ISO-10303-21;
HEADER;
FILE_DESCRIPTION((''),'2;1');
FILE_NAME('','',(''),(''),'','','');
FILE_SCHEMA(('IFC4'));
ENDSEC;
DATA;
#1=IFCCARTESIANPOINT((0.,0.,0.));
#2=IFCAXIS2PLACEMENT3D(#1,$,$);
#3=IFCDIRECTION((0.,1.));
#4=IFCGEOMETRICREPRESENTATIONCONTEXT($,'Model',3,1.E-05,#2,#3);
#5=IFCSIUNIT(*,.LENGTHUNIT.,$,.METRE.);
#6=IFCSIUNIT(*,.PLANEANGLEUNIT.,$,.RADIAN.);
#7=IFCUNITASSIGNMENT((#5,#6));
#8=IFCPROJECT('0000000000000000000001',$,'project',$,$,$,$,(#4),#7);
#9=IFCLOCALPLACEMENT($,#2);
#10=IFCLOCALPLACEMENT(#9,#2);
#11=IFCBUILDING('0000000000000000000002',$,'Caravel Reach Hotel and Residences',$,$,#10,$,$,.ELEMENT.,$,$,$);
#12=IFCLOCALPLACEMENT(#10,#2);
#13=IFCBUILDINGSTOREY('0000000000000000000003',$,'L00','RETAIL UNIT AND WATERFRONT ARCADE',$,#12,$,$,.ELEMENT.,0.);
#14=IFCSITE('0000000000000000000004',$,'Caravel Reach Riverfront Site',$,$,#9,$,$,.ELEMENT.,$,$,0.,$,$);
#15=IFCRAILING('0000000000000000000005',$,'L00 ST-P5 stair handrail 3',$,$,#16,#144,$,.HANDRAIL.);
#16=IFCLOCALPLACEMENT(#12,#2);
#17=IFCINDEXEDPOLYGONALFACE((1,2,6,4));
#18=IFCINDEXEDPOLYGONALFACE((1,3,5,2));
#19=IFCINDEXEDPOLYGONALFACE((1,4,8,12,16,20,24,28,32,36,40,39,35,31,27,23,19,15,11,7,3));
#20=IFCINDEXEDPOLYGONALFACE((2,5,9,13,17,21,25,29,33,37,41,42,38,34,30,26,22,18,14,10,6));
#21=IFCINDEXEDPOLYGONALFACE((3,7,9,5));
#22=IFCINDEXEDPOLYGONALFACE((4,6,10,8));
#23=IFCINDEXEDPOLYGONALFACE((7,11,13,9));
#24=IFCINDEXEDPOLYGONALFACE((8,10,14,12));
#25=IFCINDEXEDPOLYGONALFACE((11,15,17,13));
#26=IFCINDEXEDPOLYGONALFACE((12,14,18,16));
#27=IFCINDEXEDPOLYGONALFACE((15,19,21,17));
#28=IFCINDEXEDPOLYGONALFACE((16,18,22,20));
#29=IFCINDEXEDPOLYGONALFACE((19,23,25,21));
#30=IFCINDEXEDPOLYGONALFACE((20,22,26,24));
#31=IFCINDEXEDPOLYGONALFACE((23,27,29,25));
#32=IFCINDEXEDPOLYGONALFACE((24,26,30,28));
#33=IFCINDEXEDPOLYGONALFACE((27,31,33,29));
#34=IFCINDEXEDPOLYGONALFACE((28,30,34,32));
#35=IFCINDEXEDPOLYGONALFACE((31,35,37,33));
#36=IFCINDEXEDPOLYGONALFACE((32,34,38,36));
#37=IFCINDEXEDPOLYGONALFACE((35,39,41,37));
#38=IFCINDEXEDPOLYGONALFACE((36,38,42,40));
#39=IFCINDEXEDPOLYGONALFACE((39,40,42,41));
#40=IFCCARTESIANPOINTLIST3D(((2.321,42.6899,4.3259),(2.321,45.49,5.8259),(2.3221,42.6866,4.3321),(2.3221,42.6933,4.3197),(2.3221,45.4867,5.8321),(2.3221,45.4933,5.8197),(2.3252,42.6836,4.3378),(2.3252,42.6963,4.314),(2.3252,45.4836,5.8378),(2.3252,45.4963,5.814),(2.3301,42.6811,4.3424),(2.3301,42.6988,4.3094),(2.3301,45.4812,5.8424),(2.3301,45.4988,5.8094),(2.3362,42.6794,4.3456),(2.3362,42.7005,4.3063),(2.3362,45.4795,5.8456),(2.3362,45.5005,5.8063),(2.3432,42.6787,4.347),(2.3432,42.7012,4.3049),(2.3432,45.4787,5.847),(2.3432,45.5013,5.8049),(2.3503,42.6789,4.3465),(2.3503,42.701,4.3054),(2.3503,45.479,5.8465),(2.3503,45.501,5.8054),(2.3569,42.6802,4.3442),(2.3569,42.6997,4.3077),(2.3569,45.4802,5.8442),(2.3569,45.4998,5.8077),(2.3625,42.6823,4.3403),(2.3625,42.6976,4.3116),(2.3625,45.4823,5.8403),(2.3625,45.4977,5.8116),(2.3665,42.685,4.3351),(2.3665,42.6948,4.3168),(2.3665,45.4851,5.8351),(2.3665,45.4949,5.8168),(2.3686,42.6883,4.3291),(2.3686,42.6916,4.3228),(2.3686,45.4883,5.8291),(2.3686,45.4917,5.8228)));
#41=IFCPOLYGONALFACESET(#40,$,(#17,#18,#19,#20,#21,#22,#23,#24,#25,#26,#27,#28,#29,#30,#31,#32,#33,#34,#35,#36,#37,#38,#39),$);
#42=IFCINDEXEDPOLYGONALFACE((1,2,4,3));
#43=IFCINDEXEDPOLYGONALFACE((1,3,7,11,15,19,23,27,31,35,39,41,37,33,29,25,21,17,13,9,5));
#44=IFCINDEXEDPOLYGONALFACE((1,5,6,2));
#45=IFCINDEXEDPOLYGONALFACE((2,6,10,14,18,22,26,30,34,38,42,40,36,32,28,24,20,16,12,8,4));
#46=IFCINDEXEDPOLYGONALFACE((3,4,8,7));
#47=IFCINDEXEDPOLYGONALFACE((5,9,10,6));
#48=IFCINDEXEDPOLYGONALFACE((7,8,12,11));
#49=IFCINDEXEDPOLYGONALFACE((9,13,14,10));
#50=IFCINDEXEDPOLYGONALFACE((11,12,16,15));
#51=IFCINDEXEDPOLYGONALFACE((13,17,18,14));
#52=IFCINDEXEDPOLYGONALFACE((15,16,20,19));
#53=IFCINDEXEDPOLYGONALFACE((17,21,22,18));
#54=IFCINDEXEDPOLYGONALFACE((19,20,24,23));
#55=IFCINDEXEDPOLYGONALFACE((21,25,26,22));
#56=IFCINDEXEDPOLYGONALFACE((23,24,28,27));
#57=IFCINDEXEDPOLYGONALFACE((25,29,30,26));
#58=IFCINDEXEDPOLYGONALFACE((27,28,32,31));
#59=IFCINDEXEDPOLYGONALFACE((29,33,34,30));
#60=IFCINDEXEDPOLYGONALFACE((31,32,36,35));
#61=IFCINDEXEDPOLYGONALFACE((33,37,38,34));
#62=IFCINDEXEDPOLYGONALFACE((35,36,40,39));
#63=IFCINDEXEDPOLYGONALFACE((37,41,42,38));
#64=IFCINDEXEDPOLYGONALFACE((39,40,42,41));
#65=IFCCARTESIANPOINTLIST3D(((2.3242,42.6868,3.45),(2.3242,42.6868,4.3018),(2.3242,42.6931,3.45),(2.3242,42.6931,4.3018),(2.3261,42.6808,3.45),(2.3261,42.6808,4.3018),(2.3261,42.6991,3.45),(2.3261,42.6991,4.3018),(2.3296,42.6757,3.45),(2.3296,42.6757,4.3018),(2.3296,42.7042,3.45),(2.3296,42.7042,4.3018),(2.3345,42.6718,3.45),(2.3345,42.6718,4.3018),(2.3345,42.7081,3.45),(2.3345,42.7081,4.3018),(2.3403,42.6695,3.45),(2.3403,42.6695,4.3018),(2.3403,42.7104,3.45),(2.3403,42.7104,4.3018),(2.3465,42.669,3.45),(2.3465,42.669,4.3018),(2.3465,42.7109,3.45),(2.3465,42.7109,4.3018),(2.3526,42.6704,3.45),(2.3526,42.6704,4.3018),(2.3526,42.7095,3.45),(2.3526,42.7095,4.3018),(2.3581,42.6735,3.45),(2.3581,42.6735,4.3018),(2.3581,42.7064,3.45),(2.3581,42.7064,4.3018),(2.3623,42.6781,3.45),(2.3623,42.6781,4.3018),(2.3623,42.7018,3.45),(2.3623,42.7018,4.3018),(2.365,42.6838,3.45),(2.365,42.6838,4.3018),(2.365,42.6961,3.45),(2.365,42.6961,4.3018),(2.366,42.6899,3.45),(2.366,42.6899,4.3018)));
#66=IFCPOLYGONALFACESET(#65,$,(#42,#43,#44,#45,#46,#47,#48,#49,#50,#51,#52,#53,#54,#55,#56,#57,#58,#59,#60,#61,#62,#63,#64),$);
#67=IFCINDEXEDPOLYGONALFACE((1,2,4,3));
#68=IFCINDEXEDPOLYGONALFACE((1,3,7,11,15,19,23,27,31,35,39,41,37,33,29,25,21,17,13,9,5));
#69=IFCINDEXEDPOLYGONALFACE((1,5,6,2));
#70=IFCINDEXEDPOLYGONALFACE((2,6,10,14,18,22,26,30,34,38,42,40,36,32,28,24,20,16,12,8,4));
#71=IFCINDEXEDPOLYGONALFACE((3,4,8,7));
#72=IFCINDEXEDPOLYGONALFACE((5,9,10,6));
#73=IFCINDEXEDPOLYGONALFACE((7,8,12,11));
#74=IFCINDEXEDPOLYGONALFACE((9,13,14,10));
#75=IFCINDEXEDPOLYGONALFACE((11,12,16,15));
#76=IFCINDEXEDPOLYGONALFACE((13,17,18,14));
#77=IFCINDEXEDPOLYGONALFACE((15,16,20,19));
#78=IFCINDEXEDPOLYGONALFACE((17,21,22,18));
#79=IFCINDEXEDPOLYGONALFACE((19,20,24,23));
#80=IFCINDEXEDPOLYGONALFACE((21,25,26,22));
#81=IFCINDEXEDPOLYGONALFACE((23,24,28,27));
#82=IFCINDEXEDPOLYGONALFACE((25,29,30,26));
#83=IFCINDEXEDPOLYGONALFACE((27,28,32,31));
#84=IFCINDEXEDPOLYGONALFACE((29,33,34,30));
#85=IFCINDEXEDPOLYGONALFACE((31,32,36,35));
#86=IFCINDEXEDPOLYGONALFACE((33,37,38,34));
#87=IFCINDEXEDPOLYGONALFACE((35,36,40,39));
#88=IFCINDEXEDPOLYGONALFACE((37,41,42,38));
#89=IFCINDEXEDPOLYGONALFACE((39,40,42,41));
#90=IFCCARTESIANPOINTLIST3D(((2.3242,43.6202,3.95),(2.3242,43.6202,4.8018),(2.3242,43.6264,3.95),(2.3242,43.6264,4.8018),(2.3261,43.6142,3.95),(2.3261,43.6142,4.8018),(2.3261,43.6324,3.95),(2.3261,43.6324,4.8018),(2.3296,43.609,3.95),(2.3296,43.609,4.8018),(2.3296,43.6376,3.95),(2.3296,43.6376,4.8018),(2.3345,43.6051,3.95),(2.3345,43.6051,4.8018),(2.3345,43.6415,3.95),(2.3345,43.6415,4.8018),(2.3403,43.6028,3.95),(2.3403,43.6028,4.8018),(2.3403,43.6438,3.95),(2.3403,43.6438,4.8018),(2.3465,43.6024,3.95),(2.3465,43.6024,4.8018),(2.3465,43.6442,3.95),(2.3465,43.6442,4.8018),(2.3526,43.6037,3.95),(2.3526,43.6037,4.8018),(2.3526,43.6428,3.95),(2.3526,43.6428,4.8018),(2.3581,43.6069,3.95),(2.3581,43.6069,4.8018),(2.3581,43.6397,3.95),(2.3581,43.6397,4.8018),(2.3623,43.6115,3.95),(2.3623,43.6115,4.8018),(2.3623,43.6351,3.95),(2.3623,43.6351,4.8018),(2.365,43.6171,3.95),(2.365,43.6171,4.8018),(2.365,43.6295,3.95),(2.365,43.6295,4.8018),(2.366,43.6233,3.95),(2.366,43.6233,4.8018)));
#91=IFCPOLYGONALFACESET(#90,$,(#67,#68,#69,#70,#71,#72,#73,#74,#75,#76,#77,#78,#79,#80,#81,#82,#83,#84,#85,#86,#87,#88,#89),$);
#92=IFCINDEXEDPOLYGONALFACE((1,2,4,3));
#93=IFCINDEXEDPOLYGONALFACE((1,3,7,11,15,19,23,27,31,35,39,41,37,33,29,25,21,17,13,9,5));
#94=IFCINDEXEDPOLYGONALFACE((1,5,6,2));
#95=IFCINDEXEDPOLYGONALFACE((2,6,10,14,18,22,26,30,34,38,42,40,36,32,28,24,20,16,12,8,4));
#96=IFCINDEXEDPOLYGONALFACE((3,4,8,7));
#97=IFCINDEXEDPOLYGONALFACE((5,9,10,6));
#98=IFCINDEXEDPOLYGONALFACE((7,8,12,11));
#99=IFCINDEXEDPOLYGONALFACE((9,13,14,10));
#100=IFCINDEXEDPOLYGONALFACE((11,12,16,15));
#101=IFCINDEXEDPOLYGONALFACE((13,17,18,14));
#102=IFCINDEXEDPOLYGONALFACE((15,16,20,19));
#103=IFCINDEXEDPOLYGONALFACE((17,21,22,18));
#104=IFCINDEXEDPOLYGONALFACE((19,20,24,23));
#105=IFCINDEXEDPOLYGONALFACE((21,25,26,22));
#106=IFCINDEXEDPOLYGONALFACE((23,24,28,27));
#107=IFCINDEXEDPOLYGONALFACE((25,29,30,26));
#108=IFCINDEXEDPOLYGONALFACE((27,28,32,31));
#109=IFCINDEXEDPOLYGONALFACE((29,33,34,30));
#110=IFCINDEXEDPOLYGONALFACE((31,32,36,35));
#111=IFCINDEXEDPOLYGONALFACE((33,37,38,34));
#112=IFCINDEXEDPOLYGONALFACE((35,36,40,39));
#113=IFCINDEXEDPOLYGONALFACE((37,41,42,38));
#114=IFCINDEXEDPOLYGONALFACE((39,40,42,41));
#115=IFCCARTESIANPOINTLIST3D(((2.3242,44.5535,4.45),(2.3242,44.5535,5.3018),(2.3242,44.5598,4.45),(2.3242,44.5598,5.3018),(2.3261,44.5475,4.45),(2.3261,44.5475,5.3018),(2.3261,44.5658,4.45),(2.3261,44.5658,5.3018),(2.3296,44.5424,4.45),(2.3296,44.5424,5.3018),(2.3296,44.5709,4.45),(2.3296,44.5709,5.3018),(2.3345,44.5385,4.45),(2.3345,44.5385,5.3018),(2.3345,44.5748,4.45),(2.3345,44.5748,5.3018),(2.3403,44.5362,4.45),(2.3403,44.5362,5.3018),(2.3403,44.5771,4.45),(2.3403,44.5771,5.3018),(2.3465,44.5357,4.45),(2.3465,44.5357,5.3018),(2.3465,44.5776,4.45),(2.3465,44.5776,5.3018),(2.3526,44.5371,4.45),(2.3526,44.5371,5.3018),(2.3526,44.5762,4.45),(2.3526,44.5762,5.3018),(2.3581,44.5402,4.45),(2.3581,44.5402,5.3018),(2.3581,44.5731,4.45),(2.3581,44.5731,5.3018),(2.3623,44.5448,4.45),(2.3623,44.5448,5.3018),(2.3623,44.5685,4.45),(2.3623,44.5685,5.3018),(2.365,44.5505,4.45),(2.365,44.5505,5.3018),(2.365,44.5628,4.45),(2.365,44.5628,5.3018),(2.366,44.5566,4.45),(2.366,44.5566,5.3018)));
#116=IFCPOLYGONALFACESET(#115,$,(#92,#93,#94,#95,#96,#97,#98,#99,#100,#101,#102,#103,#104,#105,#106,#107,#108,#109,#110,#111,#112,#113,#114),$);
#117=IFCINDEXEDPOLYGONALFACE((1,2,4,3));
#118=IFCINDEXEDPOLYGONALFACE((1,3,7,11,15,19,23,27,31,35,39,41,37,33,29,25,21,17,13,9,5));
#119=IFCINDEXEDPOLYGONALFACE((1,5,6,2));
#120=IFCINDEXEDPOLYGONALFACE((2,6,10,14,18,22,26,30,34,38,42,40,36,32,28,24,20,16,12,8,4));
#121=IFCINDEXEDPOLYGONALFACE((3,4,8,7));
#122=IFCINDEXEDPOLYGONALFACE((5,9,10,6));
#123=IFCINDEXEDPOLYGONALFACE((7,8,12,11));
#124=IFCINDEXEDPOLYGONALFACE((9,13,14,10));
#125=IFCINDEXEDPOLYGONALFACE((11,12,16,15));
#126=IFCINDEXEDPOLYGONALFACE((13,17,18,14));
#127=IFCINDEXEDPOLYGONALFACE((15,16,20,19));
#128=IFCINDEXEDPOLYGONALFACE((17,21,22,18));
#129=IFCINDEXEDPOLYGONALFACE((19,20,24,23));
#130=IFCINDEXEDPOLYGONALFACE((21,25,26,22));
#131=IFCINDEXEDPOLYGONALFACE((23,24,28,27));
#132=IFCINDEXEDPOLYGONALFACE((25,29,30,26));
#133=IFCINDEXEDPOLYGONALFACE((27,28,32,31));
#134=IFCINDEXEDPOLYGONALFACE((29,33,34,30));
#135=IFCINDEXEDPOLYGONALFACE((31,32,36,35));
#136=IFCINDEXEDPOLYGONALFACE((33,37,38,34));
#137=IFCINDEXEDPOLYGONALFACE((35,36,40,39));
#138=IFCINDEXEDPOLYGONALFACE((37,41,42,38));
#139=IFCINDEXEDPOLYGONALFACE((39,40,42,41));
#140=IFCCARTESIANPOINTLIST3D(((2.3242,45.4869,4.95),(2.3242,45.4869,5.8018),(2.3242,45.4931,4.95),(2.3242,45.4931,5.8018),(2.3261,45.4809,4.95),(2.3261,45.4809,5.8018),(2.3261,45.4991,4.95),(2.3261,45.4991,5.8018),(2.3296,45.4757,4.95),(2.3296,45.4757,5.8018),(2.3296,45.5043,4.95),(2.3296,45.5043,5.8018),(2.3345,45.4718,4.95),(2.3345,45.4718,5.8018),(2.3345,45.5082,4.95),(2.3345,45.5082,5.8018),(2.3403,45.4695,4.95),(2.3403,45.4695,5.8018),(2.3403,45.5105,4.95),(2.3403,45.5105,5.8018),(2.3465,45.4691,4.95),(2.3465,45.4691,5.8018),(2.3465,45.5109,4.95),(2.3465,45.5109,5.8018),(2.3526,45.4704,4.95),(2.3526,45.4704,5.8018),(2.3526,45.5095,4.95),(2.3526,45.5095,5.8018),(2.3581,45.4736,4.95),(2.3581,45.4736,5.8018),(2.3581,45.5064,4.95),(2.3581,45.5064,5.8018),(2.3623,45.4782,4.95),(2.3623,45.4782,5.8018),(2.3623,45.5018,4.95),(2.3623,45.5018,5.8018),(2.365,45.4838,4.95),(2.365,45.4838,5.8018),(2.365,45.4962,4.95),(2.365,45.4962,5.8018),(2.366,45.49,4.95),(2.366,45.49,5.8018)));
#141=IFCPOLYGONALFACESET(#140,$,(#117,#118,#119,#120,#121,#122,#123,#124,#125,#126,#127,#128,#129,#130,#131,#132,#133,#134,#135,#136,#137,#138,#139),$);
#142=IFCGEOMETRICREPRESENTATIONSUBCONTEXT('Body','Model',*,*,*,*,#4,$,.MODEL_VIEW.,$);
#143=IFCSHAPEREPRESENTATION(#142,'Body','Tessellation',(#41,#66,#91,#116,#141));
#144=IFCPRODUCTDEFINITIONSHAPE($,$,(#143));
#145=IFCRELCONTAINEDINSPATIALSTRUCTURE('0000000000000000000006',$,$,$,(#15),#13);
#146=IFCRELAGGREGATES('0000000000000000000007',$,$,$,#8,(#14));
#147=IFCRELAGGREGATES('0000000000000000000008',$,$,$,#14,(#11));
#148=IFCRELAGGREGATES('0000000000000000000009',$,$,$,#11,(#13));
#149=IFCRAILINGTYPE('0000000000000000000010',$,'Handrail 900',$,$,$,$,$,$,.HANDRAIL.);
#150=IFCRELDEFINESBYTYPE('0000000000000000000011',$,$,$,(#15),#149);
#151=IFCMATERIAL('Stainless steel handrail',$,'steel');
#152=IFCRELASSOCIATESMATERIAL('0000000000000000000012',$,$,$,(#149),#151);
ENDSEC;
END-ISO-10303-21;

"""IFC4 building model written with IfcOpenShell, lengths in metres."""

from ifc_helpers import new_model, si_unit, direction, frame, origin, origin_2d, place, context, subcontext, project, spatial, circle, extrude, material, type_object, element, save


model = new_model("IFC4")

# Units and contexts
model_context = context("Model", 3, precision=1e-05, world=origin(), true_north=direction((0.0, 1.0)))
body_context = subcontext(model_context, "Body", "Model", "MODEL_VIEW")
ifc_project = project(units=[si_unit("LENGTHUNIT", "METRE"), si_unit("PLANEANGLEUNIT", "RADIAN")], contexts=[model_context])

# Site, building, storey
site_placement = place(None, origin())
site = spatial("IfcSite", under=ifc_project, at=site_placement, Name="Caravel Reach Riverfront Site", CompositionType="ELEMENT", RefElevation=0.0)
building_placement = place(site_placement, origin())
building = spatial("IfcBuilding", under=site, at=building_placement, Name="Caravel Reach Hotel and Residences", CompositionType="ELEMENT")
storey_placement = place(building_placement, origin())
storey = spatial("IfcBuildingStorey", under=building, at=storey_placement, Name="L00", Description="RETAIL UNIT AND WATERFRONT ARCADE", CompositionType="ELEMENT", Elevation=0.0)

# Railing
ifc_material_1 = material(Name="Stainless steel handrail", Category="steel")
railing_type_1 = type_object("IfcRailingType", Name="Handrail 900", PredefinedType="HANDRAIL", material=ifc_material_1)
for number, where, name in (
    (1, (2.345, 42.6899, 3.45), "L00 ST-P5 stair handrail 3"),
):
    element("IfcRailing", number, at=place(storey_placement, frame(where)), inside=storey, type_object=railing_type_1, Name=name, PredefinedType="HANDRAIL", context=body_context, shape_type="SweptSolid", body=[
        extrude(circle(Radius=0.0239, at=origin_2d()), frame((0.0, 0.0, 0.876), z_axis=(0.0, 0.881483, 0.472215), x_axis=(-1.0, 0.0, 0.0)), (0.0, 0.0, 1.0), 3.1765),
        extrude(circle(Radius=0.021, at=origin_2d()), origin(), (0.0, 0.0, 1.0), 0.8518),
        extrude(circle(Radius=0.021, at=origin_2d()), frame((0.0, 0.9333, 0.5)), (0.0, 0.0, 1.0), 0.8518),
        extrude(circle(Radius=0.021, at=origin_2d()), frame((0.0, 1.8667, 1.0)), (0.0, 0.0, 1.0), 0.8518),
        extrude(circle(Radius=0.021, at=origin_2d()), frame((0.0, 2.8, 1.5)), (0.0, 0.0, 1.0), 0.8518),
    ])

save(model, "model.ifc")
